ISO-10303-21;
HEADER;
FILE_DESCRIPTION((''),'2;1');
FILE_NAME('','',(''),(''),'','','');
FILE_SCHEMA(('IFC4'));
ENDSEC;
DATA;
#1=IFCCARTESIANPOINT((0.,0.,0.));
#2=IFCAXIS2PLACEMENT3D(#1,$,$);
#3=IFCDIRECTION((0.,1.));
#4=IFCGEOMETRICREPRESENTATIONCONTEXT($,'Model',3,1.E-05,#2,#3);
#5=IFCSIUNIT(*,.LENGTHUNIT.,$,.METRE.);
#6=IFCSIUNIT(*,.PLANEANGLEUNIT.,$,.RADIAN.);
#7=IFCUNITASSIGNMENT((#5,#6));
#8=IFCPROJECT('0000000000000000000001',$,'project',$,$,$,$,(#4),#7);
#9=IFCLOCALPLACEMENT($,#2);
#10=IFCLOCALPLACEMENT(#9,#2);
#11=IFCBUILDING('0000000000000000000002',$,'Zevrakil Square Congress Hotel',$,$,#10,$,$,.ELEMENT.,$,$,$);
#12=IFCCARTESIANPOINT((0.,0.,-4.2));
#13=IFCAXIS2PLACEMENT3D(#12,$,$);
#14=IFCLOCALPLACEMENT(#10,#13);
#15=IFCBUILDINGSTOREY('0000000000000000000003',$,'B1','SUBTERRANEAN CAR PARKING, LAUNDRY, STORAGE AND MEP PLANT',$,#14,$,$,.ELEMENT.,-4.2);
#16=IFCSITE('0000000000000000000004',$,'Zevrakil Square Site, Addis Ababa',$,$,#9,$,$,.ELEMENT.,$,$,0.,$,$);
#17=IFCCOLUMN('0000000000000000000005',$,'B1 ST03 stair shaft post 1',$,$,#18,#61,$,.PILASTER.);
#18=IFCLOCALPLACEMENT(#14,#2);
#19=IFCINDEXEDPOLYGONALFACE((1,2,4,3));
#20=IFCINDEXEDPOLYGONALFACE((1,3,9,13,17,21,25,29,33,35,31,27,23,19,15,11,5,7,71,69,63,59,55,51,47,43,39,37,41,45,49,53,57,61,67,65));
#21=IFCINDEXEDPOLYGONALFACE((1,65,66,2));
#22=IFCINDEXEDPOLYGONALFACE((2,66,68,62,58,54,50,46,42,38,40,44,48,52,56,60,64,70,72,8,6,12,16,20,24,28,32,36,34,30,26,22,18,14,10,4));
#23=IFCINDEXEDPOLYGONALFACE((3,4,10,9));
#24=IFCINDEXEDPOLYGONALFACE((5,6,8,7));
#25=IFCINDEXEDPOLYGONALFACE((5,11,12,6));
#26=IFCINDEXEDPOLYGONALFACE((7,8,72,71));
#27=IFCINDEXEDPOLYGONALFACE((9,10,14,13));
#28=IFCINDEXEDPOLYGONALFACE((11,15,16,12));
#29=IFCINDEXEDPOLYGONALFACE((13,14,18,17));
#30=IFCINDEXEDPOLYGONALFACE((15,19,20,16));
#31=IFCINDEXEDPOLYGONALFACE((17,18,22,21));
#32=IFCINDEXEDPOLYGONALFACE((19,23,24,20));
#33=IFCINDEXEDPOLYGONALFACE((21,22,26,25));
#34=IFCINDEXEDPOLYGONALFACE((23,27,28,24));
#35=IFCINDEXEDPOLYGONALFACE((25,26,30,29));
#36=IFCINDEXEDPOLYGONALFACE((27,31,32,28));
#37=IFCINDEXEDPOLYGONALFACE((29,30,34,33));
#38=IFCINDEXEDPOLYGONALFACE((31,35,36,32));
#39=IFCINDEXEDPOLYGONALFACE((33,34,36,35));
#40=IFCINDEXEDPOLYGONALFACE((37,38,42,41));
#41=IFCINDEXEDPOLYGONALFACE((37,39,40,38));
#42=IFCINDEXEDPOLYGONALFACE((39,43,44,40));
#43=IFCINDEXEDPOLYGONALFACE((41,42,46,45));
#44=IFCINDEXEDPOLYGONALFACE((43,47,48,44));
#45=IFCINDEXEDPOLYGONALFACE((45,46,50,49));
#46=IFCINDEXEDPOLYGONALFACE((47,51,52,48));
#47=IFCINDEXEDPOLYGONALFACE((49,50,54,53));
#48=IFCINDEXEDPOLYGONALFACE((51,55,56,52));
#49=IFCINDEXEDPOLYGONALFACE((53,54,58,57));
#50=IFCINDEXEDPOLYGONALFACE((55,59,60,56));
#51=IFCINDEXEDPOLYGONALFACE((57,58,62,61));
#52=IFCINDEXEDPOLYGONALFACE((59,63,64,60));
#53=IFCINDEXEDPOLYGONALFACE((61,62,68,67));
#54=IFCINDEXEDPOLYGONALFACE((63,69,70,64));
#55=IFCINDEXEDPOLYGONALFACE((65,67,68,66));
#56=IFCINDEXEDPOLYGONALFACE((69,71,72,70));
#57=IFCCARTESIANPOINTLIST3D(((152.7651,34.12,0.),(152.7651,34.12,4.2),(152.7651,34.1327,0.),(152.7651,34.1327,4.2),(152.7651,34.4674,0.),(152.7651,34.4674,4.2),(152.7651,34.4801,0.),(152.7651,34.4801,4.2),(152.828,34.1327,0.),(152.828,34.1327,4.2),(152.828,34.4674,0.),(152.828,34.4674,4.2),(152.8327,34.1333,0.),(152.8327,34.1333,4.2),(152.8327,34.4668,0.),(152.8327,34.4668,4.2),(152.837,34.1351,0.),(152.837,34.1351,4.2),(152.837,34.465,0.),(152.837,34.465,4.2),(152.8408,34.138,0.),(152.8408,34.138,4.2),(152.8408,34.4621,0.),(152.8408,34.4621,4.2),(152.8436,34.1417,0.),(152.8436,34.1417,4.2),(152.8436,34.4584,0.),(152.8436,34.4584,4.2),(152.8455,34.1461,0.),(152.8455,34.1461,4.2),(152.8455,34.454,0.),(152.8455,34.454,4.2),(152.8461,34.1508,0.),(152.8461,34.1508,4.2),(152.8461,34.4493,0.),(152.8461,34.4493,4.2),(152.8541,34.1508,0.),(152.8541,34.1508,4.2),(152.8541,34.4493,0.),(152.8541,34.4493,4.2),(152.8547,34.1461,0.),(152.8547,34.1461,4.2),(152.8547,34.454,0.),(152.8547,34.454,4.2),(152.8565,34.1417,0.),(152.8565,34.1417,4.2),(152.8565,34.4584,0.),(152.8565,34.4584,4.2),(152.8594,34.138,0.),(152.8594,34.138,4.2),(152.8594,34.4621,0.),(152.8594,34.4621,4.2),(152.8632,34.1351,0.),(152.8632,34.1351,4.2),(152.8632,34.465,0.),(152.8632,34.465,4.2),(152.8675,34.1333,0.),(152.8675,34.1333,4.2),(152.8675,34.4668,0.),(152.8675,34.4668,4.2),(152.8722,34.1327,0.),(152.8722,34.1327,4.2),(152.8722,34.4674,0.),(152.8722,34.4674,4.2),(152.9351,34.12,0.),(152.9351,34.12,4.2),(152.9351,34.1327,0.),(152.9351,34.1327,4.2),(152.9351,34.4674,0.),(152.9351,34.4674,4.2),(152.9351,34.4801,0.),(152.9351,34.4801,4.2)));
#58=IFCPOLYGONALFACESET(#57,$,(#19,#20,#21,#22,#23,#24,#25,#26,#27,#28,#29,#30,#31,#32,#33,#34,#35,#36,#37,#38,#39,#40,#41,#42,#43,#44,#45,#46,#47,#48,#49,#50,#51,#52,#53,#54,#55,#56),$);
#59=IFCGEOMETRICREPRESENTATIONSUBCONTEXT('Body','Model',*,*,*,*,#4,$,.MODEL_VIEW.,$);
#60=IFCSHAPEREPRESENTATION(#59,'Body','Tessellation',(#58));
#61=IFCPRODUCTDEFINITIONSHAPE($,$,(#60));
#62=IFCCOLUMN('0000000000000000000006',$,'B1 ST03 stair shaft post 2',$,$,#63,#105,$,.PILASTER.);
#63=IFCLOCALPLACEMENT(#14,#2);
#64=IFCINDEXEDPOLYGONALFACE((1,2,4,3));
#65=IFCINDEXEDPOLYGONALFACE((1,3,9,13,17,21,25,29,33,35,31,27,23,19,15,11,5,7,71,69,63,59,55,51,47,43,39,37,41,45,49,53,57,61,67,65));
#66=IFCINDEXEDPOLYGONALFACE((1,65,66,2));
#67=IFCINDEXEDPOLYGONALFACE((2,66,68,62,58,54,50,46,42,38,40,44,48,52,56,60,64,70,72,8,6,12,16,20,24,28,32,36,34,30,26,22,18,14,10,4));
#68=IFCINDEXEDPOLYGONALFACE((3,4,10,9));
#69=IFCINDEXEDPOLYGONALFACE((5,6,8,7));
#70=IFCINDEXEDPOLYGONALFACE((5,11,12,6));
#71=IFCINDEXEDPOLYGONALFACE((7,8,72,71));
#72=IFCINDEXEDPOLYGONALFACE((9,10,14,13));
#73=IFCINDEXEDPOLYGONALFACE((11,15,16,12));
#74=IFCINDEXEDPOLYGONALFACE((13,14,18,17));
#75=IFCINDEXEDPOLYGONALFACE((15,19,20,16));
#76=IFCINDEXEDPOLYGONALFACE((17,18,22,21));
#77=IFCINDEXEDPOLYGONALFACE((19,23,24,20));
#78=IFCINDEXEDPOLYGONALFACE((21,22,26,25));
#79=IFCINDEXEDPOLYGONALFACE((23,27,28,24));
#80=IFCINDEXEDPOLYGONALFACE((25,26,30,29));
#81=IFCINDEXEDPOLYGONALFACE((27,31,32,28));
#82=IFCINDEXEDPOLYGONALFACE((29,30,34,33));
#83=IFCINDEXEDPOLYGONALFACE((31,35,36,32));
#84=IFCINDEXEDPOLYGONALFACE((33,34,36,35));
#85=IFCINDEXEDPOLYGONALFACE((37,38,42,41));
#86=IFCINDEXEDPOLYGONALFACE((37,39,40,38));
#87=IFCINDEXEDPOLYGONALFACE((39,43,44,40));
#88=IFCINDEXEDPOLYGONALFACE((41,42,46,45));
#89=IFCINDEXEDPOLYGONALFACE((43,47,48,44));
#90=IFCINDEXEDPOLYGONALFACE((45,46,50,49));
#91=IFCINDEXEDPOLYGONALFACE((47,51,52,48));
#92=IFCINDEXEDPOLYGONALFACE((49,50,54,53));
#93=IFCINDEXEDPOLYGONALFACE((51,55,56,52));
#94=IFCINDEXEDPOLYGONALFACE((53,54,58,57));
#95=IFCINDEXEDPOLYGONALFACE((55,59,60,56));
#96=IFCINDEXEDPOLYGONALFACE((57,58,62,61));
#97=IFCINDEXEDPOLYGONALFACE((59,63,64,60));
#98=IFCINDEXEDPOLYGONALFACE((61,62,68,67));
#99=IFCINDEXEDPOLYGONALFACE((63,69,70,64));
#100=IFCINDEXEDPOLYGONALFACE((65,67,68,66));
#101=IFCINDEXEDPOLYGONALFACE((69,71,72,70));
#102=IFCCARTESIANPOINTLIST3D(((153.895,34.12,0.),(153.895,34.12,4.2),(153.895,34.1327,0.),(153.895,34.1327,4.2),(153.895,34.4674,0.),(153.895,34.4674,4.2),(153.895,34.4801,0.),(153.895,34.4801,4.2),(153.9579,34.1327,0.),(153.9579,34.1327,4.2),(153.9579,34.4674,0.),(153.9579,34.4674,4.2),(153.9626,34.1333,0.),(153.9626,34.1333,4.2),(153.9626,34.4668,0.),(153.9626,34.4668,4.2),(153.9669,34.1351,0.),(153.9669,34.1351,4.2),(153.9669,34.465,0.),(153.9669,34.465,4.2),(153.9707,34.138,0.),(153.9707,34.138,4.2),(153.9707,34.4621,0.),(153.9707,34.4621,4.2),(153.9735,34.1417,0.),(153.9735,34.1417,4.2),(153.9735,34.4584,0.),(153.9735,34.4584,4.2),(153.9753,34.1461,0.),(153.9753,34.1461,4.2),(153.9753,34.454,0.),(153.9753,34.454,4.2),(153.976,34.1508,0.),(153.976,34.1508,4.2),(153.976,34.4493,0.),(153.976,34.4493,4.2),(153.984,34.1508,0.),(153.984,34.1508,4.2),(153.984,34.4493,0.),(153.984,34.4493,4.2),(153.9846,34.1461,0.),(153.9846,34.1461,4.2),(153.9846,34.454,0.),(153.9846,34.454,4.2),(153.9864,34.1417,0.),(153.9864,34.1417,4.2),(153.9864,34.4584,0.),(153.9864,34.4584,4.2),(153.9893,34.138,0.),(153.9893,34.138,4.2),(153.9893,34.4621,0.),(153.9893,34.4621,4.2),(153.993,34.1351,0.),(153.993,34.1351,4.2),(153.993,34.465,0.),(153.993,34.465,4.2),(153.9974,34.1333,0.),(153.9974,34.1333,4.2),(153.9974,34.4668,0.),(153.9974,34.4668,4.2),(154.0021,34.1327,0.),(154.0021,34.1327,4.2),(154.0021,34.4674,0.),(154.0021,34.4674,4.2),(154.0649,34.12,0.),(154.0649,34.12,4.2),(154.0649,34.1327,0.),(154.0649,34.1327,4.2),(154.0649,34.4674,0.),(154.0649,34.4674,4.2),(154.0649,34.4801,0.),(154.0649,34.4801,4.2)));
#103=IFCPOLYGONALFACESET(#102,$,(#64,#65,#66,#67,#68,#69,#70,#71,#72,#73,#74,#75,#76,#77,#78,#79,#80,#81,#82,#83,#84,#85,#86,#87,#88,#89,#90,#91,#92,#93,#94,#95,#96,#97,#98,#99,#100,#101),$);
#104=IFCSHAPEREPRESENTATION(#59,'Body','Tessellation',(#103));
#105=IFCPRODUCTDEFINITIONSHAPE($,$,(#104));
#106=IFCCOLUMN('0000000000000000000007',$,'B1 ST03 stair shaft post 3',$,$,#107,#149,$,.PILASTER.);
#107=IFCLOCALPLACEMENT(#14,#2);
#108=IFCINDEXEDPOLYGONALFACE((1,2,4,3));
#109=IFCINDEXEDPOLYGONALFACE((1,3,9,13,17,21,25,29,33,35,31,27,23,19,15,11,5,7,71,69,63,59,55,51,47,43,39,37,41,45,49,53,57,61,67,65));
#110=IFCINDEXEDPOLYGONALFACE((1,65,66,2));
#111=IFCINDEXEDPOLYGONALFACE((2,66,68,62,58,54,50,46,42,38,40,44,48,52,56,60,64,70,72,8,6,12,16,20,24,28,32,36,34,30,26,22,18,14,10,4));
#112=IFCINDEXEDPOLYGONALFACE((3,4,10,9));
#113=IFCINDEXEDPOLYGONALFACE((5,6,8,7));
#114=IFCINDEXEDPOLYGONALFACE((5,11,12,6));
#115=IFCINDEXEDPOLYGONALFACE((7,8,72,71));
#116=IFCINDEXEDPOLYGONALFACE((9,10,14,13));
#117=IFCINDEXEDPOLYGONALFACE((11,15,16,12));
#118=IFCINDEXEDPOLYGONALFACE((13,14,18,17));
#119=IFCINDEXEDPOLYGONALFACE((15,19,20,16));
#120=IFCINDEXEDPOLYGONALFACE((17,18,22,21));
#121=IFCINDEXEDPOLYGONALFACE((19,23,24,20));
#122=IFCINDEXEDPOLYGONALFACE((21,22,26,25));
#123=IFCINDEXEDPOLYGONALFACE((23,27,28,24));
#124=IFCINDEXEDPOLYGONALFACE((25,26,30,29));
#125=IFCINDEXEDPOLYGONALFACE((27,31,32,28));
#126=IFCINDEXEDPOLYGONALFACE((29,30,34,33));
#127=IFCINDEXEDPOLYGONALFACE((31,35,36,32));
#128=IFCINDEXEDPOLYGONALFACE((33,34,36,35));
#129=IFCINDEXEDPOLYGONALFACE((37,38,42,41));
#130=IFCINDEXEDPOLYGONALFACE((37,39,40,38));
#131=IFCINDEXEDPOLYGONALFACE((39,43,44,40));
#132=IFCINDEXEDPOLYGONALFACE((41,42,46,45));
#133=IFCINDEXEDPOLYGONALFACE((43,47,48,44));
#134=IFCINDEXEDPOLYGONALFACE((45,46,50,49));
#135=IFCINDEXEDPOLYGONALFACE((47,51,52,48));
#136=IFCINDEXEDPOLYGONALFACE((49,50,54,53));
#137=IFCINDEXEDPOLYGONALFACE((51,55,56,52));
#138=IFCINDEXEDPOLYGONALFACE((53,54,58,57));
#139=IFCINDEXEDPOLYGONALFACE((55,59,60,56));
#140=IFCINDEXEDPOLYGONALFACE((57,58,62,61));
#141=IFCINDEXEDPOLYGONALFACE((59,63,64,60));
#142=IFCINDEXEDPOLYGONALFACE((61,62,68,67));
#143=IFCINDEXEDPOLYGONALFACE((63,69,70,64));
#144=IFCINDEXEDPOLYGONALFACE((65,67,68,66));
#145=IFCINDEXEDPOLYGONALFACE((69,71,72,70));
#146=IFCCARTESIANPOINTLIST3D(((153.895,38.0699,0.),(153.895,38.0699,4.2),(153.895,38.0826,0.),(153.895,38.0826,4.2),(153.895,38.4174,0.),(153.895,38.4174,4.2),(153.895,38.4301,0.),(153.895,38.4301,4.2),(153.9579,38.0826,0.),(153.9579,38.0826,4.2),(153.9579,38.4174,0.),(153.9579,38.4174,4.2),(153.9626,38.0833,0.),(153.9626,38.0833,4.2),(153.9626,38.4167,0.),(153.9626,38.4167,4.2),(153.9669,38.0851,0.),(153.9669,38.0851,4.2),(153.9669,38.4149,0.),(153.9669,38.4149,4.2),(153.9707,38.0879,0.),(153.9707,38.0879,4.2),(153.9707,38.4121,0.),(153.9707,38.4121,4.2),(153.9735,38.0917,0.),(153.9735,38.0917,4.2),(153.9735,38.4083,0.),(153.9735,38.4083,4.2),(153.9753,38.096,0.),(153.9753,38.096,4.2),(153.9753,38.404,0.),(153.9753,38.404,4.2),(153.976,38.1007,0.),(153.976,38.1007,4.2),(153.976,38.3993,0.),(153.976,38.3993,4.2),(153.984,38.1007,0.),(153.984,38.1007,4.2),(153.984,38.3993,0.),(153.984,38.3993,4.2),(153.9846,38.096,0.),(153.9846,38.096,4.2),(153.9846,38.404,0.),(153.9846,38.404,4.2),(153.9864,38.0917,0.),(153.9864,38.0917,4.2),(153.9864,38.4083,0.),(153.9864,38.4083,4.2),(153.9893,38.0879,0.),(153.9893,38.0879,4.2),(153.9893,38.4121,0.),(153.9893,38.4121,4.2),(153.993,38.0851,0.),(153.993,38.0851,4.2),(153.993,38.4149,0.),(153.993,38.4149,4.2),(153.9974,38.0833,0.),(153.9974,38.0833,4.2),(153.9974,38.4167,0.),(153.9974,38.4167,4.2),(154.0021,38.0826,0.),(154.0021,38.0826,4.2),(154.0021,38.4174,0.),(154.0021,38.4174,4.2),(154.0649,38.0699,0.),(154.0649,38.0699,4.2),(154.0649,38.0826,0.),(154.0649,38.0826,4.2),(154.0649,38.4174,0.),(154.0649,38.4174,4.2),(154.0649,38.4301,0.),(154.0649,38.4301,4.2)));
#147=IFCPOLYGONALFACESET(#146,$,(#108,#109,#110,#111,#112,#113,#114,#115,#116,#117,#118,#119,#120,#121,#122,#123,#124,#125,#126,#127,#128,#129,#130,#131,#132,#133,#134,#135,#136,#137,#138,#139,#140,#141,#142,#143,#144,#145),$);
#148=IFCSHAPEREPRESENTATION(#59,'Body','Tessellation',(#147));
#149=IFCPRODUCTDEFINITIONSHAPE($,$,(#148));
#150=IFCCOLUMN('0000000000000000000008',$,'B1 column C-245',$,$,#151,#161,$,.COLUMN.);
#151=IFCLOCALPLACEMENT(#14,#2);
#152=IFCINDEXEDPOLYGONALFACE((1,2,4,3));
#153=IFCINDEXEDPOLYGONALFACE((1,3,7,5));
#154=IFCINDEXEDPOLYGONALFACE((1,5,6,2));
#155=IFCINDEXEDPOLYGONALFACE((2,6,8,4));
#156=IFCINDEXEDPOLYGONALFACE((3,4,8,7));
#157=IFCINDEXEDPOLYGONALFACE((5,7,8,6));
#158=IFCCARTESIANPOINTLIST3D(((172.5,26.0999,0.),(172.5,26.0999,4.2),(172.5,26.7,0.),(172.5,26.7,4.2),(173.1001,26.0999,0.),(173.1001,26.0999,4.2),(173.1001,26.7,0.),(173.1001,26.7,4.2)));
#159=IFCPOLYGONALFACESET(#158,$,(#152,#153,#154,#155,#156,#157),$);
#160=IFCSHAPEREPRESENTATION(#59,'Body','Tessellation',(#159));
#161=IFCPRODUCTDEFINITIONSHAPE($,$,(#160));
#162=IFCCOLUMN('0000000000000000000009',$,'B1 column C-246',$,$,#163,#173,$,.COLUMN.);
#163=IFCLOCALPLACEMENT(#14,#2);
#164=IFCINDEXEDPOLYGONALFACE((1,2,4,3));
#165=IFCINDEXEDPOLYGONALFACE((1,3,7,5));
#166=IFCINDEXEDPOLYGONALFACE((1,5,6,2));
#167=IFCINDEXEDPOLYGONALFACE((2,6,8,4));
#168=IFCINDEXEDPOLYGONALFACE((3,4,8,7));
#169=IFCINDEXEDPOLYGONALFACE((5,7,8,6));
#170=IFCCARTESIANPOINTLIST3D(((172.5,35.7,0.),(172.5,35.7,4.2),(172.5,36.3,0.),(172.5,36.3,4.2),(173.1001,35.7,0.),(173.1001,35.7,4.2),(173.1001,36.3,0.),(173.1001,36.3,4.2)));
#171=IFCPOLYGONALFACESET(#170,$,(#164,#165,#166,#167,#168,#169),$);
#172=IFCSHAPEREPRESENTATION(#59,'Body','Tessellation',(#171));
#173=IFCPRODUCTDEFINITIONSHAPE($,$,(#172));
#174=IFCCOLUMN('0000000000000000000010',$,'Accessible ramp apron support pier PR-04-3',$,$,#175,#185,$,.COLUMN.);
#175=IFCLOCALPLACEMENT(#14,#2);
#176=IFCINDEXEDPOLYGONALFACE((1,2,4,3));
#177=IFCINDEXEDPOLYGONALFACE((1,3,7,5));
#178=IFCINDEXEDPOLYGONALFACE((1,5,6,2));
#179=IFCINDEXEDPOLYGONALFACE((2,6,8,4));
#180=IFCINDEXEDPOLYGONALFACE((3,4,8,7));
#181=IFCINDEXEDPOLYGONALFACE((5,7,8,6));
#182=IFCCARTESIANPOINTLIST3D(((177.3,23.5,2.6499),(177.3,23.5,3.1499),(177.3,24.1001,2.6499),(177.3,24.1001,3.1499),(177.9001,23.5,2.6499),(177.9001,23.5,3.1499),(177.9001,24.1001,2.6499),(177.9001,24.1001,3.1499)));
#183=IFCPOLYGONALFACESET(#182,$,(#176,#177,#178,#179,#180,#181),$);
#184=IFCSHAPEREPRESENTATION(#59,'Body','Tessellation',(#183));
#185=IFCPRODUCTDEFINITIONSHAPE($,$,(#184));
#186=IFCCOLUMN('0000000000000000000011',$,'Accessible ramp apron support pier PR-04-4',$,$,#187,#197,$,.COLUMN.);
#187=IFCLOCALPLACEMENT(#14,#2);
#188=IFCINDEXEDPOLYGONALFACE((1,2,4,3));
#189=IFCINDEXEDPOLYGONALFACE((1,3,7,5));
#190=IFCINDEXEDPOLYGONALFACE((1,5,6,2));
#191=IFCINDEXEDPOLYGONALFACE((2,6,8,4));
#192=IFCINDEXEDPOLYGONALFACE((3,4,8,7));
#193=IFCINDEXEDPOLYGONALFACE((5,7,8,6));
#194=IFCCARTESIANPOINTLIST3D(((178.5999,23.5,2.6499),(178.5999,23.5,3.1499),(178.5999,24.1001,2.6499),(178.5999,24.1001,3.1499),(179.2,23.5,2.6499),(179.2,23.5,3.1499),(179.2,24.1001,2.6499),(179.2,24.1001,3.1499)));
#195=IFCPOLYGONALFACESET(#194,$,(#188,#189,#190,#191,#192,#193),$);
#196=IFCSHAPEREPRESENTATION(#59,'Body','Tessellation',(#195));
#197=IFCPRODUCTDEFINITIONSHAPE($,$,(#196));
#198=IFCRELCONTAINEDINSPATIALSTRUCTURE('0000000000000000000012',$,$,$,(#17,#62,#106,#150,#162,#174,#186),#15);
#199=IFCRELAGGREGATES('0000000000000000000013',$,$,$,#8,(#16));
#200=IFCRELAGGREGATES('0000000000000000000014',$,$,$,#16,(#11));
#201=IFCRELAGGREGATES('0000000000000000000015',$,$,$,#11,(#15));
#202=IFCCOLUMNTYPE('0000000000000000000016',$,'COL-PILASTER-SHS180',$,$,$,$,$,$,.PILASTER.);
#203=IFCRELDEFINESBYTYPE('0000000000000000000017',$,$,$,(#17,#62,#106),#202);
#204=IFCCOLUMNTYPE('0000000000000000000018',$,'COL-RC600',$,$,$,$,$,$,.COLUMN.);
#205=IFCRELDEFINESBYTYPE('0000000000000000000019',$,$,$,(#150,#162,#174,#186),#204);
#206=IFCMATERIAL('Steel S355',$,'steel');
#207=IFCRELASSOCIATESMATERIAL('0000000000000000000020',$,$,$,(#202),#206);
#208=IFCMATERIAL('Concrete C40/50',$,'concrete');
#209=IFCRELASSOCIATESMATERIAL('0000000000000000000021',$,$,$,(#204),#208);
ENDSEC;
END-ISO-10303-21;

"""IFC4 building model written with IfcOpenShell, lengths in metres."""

from ifc_helpers import new_model, si_unit, direction, frame, origin, origin_2d, place, context, subcontext, project, spatial, rectangle, i_section, extrude, material, material_profile, profile_set, type_object, element, save


model = new_model("IFC4")

# Units and contexts
model_context = context("Model", 3, precision=1e-05, world=origin(), true_north=direction((0.0, 1.0)))
body_context = subcontext(model_context, "Body", "Model", "MODEL_VIEW")
ifc_project = project(units=[si_unit("LENGTHUNIT", "METRE"), si_unit("PLANEANGLEUNIT", "RADIAN")], contexts=[model_context])

# Site, building, storey
site_placement = place(None, origin())
site = spatial("IfcSite", under=ifc_project, at=site_placement, Name="Zevrakil Square Site, Addis Ababa", CompositionType="ELEMENT", RefElevation=0.0)
building_placement = place(site_placement, origin())
building = spatial("IfcBuilding", under=site, at=building_placement, Name="Zevrakil Square Congress Hotel", CompositionType="ELEMENT")
storey_placement = place(building_placement, frame((0.0, 0.0, -4.2)))
storey = spatial("IfcBuildingStorey", under=building, at=storey_placement, Name="B1", Description="SUBTERRANEAN CAR PARKING, LAUNDRY, STORAGE AND MEP PLANT", CompositionType="ELEMENT", Elevation=-4.2)

# Columns
ifc_material_1 = material(Name="Steel S355", Category="steel")
ifc_material_profile_1 = material_profile(ifc_material_1, i_section(OverallWidth=0.1699, OverallDepth=0.3601, WebThickness=0.0081, FlangeThickness=0.0127, FilletRadius=0.0181, at=origin_2d()), Name="IPE 360")
ifc_profile_set_1 = profile_set([ifc_material_profile_1], Name="Steel S355")
column_type_1 = type_object("IfcColumnType", Name="COL-PILASTER-SHS180", PredefinedType="PILASTER", material=ifc_profile_set_1)
for number, where, z_axis, x_axis, name in (
    (1, (152.8501, 34.3, 0.0), (0.0, 0.0, 1.0), (1.0, 0.0, 0.0), "B1 ST03 stair shaft post 1"),
    (2, (153.98, 34.3, 0.0), (0.0, 0.0, 1.0), (1.0, 0.0, 0.0), "B1 ST03 stair shaft post 2"),
    (3, (153.98, 38.25, 0.0), (0.0, 0.0, 1.0), (1.0, 0.0, 0.0), "B1 ST03 stair shaft post 3"),
):
    element("IfcColumn", number, at=place(storey_placement, frame(where, z_axis=z_axis, x_axis=x_axis)), inside=storey, type_object=column_type_1, Name=name, PredefinedType="PILASTER", context=body_context, shape_type="SweptSolid", body=[
        extrude(i_section(OverallWidth=0.1699, OverallDepth=0.3601, WebThickness=0.0081, FlangeThickness=0.0127, FilletRadius=0.0181, at=origin_2d()), origin(), (0.0, 0.0, 1.0), 4.2),
    ])
ifc_material_2 = material(Name="Concrete C40/50", Category="concrete")
ifc_material_profile_2 = material_profile(ifc_material_2, rectangle(XDim=0.6001, YDim=0.6001, at=origin_2d()), Name="RC 600x600")
ifc_profile_set_2 = profile_set([ifc_material_profile_2], Name="Concrete C40/50")
column_type_2 = type_object("IfcColumnType", Name="COL-RC600", PredefinedType="COLUMN", material=ifc_profile_set_2)
for number, where, z_axis, x_axis, name in (
    (4, (172.8, 26.3999, 0.0), (0.0, 0.0, 1.0), (1.0, 0.0, 0.0), "B1 column C-245"),
    (5, (172.8, 36.0, 0.0), (0.0, 0.0, 1.0), (1.0, 0.0, 0.0), "B1 column C-246"),
):
    element("IfcColumn", number, at=place(storey_placement, frame(where, z_axis=z_axis, x_axis=x_axis)), inside=storey, type_object=column_type_2, Name=name, PredefinedType="COLUMN", context=body_context, shape_type="SweptSolid", body=[
        extrude(rectangle(XDim=0.6001, YDim=0.6001, at=origin_2d()), origin(), (0.0, 0.0, 1.0), 4.2),
    ])
for number, where, z_axis, x_axis, name in (
    (6, (177.6001, 23.8, 2.6499), (0.0, 0.0, 1.0), (1.0, 0.0, 0.0), "Accessible ramp apron support pier PR-04-3"),
    (7, (178.8999, 23.8, 2.6499), (0.0, 0.0, 1.0), (1.0, 0.0, 0.0), "Accessible ramp apron support pier PR-04-4"),
):
    element("IfcColumn", number, at=place(storey_placement, frame(where, z_axis=z_axis, x_axis=x_axis)), inside=storey, type_object=column_type_2, Name=name, PredefinedType="COLUMN", context=body_context, shape_type="SweptSolid", body=[
        extrude(rectangle(XDim=0.6001, YDim=0.6001, at=origin_2d()), origin(), (0.0, 0.0, 1.0), 0.5),
    ])

save(model, "model.ifc")
